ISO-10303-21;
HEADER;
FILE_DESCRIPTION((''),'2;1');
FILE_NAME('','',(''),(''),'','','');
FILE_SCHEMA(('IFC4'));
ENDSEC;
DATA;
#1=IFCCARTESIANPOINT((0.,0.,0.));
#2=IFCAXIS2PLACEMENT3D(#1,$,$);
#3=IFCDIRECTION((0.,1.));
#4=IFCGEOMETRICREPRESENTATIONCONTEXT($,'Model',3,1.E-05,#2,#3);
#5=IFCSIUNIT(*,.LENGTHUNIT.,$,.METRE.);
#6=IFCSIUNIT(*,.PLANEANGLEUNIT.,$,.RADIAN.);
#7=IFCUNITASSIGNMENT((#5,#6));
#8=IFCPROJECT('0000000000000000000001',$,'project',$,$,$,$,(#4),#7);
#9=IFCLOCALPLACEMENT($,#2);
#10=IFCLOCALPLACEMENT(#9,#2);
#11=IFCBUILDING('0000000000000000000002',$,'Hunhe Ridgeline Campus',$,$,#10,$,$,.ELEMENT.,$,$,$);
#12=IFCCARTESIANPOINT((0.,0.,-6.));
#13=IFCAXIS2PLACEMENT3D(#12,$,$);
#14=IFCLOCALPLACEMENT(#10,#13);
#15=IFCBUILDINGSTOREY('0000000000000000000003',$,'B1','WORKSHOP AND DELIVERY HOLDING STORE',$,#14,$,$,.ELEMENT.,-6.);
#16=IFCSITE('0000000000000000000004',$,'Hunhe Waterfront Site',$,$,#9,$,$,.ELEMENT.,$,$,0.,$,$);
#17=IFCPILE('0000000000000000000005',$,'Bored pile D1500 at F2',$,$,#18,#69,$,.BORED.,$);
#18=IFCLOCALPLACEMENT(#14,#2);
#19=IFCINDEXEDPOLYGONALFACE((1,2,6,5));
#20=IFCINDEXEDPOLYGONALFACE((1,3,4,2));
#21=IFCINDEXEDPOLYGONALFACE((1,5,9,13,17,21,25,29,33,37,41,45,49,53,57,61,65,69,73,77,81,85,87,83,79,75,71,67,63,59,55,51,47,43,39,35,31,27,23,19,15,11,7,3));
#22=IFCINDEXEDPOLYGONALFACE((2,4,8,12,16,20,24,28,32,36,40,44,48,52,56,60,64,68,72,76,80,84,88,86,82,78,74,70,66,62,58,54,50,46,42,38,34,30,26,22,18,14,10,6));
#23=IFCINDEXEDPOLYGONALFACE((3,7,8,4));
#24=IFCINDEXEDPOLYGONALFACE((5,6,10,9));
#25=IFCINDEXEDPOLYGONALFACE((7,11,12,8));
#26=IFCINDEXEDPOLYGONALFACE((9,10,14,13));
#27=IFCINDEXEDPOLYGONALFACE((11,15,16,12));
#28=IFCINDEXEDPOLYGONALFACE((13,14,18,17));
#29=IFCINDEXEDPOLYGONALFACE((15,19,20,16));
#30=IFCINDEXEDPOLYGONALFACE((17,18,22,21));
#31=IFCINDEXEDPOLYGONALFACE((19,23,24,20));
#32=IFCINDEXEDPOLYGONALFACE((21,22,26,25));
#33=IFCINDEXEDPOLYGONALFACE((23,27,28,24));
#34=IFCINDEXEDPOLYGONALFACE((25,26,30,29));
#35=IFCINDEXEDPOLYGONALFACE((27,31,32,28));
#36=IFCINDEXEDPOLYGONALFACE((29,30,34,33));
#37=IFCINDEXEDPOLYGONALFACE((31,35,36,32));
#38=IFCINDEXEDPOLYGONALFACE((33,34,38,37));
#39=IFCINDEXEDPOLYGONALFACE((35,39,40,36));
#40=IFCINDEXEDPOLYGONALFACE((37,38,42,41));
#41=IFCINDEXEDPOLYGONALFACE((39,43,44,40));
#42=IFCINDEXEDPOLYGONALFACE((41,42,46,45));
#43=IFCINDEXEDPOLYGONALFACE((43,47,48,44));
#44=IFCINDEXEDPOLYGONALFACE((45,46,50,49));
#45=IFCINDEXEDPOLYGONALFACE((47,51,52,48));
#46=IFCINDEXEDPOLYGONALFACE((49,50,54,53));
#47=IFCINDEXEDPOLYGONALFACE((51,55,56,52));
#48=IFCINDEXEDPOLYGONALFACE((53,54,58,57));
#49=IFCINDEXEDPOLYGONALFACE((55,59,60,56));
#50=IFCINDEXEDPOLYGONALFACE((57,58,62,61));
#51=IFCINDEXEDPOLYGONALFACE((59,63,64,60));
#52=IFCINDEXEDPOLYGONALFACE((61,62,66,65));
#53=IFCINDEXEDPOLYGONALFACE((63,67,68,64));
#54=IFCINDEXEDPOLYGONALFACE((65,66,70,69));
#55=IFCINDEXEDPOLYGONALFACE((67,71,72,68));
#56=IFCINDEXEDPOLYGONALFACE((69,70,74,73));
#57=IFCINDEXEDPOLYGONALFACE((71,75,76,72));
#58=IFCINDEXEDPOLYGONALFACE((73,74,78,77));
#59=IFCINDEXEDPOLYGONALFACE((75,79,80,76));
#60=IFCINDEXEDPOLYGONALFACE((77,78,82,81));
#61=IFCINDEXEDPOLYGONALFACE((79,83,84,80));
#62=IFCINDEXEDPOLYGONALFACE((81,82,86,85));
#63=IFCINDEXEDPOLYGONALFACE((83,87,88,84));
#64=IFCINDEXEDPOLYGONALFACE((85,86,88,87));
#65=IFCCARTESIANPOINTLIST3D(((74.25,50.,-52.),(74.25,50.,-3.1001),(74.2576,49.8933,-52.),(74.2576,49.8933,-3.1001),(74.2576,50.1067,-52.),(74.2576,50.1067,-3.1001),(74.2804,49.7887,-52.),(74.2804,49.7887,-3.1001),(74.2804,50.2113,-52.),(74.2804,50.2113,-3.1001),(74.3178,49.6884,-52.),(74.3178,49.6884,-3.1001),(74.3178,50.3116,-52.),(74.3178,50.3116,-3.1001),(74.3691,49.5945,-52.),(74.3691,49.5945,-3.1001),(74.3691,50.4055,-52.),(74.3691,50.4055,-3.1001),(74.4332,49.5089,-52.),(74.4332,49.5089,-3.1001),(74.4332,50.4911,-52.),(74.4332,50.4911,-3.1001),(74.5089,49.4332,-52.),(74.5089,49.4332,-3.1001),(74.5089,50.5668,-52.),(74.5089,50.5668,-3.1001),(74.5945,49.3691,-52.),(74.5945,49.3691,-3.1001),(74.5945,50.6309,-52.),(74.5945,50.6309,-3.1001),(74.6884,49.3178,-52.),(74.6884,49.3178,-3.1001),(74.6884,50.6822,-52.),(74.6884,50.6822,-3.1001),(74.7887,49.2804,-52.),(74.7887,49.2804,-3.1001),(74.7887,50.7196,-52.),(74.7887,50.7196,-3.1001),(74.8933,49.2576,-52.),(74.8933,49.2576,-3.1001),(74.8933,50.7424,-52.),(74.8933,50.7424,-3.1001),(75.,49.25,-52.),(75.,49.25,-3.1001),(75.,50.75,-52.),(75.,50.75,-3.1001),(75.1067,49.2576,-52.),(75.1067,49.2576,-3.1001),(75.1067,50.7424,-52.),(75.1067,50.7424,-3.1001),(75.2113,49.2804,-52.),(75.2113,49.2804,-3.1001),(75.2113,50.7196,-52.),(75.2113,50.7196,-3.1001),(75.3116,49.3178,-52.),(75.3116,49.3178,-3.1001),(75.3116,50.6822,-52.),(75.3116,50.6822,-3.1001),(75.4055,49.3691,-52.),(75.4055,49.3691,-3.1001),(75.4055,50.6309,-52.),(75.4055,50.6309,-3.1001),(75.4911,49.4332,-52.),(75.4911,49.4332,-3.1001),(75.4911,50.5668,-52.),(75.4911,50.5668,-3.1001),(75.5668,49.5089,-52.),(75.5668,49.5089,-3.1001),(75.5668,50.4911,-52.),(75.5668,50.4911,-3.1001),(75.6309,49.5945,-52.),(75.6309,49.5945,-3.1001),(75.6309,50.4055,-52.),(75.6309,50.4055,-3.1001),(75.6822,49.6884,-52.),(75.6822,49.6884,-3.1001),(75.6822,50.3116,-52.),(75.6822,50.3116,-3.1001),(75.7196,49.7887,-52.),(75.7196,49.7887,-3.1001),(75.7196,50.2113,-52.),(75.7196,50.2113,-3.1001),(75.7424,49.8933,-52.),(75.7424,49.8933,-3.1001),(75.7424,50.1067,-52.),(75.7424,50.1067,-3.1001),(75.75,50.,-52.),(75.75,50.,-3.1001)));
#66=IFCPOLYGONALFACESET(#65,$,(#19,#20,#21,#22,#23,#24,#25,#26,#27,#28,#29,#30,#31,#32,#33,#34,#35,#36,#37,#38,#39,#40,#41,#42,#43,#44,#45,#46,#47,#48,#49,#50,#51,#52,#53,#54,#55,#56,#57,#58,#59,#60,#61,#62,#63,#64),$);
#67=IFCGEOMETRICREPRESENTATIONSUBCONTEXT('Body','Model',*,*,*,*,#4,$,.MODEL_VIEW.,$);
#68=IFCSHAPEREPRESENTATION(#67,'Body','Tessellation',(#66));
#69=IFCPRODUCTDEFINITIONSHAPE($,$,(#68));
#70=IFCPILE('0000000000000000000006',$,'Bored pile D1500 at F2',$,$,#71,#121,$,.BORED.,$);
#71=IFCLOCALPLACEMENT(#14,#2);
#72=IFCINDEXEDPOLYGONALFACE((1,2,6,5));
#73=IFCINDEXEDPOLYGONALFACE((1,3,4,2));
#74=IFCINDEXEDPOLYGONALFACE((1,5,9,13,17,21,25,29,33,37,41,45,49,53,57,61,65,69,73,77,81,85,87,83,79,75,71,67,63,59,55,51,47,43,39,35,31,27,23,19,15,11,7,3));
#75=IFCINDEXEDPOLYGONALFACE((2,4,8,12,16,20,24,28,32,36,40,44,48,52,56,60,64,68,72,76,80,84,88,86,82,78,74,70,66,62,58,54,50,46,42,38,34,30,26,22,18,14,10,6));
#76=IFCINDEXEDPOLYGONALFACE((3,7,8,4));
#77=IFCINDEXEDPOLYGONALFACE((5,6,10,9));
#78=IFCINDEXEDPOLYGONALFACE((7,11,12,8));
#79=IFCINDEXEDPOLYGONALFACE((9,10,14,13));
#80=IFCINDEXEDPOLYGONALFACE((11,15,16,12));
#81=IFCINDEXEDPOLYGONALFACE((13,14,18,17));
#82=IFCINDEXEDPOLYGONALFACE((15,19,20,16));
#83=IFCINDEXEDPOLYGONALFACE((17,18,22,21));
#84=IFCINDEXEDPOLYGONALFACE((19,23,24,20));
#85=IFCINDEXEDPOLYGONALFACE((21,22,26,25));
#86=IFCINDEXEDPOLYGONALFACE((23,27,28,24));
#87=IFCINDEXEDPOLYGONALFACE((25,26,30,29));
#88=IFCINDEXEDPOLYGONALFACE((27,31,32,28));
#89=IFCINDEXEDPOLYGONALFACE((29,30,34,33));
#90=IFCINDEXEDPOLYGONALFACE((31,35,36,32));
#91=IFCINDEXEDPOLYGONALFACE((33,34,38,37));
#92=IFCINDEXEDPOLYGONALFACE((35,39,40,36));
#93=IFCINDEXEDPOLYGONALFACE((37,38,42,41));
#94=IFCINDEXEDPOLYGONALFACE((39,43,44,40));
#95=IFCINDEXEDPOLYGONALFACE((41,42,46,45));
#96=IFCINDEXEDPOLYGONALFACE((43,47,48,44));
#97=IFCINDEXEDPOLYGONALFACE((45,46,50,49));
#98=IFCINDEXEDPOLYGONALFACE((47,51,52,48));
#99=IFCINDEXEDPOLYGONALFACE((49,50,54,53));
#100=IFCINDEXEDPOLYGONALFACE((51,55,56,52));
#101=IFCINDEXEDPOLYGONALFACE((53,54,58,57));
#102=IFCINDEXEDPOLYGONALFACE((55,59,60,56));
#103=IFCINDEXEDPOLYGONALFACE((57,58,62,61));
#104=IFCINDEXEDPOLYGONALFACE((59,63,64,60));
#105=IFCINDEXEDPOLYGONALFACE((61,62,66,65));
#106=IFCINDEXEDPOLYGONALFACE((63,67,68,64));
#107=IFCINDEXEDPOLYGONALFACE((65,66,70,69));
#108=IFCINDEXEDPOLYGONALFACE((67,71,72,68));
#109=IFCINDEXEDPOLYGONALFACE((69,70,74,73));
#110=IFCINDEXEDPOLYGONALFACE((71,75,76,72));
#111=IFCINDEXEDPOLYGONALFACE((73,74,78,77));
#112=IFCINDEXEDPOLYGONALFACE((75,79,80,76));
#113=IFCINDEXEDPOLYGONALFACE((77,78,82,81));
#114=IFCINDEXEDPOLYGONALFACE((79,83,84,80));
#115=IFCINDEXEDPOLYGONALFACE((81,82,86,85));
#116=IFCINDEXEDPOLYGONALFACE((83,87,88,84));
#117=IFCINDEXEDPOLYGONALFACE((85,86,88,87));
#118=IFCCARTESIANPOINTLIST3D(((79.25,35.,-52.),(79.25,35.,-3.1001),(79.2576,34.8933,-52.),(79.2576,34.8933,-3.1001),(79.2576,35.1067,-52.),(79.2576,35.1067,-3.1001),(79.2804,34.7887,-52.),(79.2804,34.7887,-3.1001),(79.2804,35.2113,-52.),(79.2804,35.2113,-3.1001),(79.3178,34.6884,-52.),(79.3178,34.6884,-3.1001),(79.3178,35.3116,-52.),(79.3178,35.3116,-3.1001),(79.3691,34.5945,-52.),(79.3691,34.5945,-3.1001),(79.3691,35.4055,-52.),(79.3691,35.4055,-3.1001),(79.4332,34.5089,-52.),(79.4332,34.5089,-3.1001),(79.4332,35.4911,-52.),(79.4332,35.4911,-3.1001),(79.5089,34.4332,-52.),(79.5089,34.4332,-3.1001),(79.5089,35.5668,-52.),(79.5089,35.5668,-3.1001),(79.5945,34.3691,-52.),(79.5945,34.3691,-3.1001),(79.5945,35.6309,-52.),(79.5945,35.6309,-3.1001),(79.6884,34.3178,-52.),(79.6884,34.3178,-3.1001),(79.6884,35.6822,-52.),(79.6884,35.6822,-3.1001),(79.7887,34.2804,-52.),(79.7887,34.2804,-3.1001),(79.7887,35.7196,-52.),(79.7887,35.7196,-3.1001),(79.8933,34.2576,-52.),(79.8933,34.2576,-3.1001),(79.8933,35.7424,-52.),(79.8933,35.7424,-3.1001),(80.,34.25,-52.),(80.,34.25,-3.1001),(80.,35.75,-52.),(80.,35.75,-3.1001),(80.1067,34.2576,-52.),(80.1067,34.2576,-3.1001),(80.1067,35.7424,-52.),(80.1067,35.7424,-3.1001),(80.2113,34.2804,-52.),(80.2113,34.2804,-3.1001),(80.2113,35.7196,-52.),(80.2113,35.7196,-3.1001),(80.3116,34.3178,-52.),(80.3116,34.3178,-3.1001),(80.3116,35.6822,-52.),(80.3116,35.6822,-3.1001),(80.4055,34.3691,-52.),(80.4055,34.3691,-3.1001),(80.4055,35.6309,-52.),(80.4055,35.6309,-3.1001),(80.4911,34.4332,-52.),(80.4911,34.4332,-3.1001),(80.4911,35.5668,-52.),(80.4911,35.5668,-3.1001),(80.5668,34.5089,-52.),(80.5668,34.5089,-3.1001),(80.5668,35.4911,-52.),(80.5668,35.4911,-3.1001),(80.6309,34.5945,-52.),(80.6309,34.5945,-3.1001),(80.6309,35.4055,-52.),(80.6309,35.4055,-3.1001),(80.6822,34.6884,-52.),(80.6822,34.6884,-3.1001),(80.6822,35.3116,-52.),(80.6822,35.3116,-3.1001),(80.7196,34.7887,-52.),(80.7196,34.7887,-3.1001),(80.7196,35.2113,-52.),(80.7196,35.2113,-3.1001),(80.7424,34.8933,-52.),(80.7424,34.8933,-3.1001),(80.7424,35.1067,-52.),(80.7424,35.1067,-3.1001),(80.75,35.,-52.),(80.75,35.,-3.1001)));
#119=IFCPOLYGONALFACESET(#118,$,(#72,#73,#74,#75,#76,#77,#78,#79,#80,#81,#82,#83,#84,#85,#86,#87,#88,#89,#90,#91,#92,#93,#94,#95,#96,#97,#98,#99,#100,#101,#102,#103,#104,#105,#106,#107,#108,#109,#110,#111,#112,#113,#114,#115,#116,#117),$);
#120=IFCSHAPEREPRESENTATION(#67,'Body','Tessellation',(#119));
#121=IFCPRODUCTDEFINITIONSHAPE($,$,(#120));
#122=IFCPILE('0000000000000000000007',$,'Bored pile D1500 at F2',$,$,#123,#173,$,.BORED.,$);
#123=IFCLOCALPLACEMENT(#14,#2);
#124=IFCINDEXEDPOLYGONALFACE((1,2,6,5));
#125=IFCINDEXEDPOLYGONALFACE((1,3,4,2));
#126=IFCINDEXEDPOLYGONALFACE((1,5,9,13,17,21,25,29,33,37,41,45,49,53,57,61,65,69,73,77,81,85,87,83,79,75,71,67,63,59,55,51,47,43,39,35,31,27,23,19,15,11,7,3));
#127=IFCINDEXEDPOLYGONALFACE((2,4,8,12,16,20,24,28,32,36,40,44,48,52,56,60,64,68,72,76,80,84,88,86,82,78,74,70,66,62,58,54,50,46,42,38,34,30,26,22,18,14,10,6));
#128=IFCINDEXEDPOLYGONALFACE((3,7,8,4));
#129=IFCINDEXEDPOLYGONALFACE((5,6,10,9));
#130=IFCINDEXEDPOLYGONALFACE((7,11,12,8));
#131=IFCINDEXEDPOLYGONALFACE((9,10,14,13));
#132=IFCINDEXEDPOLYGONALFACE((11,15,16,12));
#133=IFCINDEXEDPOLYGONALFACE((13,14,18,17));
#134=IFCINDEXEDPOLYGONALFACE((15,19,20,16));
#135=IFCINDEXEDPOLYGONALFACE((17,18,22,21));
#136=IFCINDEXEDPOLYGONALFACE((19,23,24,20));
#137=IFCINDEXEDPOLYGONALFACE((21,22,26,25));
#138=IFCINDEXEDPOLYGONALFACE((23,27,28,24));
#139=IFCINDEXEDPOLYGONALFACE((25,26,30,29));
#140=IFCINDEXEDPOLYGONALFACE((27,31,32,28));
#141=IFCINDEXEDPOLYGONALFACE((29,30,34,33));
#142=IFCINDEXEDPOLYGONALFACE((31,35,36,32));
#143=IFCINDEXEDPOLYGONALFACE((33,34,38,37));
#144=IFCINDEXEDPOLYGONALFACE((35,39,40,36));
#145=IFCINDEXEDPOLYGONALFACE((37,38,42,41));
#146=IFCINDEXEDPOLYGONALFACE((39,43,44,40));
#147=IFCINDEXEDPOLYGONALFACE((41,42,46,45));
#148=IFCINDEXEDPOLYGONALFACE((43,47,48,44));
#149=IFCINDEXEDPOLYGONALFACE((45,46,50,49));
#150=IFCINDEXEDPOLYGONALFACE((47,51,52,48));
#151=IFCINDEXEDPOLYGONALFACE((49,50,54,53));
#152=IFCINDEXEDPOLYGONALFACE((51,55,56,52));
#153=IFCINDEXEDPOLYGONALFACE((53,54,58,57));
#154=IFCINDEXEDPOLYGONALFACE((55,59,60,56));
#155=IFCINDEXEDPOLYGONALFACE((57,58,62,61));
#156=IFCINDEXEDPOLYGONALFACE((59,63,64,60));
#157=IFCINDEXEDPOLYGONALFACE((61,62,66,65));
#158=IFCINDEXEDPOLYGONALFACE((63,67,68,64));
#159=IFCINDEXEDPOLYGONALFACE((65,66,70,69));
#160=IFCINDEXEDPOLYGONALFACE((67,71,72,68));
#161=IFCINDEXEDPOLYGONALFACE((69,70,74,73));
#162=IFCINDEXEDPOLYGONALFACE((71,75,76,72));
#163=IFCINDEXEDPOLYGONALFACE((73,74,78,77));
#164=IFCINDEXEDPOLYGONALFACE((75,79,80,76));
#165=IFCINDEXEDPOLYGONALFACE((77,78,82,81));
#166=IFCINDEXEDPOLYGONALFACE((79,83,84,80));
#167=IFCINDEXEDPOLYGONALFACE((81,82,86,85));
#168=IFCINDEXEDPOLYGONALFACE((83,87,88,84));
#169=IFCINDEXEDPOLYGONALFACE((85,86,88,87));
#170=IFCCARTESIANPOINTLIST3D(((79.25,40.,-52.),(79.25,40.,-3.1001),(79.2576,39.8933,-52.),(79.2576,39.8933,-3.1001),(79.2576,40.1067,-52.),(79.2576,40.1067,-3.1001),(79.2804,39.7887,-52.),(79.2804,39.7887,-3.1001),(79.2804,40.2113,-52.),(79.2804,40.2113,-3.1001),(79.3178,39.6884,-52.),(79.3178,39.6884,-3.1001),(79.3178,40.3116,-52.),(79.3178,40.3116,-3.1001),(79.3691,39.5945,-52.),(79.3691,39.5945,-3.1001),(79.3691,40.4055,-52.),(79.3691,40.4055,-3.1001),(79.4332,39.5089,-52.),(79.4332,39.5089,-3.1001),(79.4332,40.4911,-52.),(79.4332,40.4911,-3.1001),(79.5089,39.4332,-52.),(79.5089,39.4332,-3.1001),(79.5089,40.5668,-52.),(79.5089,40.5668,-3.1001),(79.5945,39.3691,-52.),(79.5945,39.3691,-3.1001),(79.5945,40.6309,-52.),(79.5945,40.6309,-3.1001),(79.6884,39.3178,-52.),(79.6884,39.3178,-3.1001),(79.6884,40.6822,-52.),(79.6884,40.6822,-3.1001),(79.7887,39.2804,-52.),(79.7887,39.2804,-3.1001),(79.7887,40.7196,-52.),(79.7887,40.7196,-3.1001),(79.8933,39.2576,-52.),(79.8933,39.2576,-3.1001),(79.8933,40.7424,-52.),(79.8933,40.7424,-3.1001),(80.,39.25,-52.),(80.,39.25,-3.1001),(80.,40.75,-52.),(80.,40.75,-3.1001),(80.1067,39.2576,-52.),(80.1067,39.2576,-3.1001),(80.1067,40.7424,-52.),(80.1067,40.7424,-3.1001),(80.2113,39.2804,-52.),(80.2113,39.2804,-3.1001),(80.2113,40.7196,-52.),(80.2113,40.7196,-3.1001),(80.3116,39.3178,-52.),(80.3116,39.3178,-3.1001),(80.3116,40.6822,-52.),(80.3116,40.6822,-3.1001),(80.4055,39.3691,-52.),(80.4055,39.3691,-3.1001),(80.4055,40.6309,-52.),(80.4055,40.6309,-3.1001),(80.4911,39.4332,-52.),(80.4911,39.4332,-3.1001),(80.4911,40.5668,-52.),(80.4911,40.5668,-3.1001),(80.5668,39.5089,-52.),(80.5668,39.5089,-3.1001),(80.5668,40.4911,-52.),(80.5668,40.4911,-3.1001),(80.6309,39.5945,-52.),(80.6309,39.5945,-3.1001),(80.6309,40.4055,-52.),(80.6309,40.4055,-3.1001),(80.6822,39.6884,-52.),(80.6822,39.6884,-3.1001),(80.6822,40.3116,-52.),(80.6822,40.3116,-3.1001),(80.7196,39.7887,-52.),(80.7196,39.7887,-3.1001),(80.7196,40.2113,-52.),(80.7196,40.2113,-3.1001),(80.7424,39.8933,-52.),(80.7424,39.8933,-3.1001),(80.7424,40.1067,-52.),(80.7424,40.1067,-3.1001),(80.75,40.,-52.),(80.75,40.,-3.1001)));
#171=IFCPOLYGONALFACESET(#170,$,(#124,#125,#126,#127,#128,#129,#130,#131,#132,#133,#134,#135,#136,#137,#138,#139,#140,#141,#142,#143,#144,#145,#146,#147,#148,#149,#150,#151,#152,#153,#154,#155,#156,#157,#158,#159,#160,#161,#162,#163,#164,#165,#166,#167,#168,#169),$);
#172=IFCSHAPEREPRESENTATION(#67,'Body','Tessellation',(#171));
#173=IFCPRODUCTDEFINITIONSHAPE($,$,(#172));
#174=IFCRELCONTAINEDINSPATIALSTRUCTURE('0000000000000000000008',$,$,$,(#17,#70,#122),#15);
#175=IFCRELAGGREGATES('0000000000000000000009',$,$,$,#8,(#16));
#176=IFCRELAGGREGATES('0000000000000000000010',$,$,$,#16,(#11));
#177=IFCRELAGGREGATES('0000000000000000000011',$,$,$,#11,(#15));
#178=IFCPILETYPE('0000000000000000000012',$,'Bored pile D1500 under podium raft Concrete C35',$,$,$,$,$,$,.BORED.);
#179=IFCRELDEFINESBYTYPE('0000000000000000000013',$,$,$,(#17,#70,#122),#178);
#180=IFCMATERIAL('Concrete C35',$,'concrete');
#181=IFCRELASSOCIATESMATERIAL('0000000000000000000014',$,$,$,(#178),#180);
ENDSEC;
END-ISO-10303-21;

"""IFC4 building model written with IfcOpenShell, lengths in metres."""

from ifc_helpers import new_model, si_unit, direction, frame, origin, origin_2d, place, context, subcontext, project, spatial, circle, extrude, material, material_profile, profile_set, type_object, element, save


model = new_model("IFC4")

# Units and contexts
model_context = context("Model", 3, precision=1e-05, world=origin(), true_north=direction((0.0, 1.0)))
body_context = subcontext(model_context, "Body", "Model", "MODEL_VIEW")
ifc_project = project(units=[si_unit("LENGTHUNIT", "METRE"), si_unit("PLANEANGLEUNIT", "RADIAN")], contexts=[model_context])

# Site, building, storey
site_placement = place(None, origin())
site = spatial("IfcSite", under=ifc_project, at=site_placement, Name="Hunhe Waterfront Site", CompositionType="ELEMENT", RefElevation=0.0)
building_placement = place(site_placement, origin())
building = spatial("IfcBuilding", under=site, at=building_placement, Name="Hunhe Ridgeline Campus", CompositionType="ELEMENT")
storey_placement = place(building_placement, frame((0.0, 0.0, -6.0)))
storey = spatial("IfcBuildingStorey", under=building, at=storey_placement, Name="B1", Description="WORKSHOP AND DELIVERY HOLDING STORE", CompositionType="ELEMENT", Elevation=-6.0)

# Piles
ifc_material_1 = material(Name="Concrete C35", Category="concrete")
ifc_material_profile_1 = material_profile(ifc_material_1, circle(Radius=0.75, at=origin_2d()))
ifc_profile_set_1 = profile_set([ifc_material_profile_1], Name="Concrete C35")
pile_type_1 = type_object("IfcPileType", Name="Bored pile D1500 under podium raft Concrete C35", PredefinedType="BORED", material=ifc_profile_set_1)
for number, where, z_axis, x_axis, name in (
    (1, (75.0, 50.0, -3.1001), (0.0, 0.0, -1.0), (1.0, 0.0, 0.0), "Bored pile D1500 at F2"),
    (2, (80.0, 35.0, -3.1001), (0.0, 0.0, -1.0), (1.0, 0.0, 0.0), "Bored pile D1500 at F2"),
    (3, (80.0, 40.0, -3.1001), (0.0, 0.0, -1.0), (1.0, 0.0, 0.0), "Bored pile D1500 at F2"),
):
    element("IfcPile", number, at=place(storey_placement, frame(where, z_axis=z_axis, x_axis=x_axis)), inside=storey, type_object=pile_type_1, Name=name, PredefinedType="BORED", context=body_context, shape_type="SweptSolid", body=[
        extrude(circle(Radius=0.75, at=origin_2d()), origin(), (0.0, 0.0, 1.0), 48.8999),
    ])

save(model, "model.ifc")
